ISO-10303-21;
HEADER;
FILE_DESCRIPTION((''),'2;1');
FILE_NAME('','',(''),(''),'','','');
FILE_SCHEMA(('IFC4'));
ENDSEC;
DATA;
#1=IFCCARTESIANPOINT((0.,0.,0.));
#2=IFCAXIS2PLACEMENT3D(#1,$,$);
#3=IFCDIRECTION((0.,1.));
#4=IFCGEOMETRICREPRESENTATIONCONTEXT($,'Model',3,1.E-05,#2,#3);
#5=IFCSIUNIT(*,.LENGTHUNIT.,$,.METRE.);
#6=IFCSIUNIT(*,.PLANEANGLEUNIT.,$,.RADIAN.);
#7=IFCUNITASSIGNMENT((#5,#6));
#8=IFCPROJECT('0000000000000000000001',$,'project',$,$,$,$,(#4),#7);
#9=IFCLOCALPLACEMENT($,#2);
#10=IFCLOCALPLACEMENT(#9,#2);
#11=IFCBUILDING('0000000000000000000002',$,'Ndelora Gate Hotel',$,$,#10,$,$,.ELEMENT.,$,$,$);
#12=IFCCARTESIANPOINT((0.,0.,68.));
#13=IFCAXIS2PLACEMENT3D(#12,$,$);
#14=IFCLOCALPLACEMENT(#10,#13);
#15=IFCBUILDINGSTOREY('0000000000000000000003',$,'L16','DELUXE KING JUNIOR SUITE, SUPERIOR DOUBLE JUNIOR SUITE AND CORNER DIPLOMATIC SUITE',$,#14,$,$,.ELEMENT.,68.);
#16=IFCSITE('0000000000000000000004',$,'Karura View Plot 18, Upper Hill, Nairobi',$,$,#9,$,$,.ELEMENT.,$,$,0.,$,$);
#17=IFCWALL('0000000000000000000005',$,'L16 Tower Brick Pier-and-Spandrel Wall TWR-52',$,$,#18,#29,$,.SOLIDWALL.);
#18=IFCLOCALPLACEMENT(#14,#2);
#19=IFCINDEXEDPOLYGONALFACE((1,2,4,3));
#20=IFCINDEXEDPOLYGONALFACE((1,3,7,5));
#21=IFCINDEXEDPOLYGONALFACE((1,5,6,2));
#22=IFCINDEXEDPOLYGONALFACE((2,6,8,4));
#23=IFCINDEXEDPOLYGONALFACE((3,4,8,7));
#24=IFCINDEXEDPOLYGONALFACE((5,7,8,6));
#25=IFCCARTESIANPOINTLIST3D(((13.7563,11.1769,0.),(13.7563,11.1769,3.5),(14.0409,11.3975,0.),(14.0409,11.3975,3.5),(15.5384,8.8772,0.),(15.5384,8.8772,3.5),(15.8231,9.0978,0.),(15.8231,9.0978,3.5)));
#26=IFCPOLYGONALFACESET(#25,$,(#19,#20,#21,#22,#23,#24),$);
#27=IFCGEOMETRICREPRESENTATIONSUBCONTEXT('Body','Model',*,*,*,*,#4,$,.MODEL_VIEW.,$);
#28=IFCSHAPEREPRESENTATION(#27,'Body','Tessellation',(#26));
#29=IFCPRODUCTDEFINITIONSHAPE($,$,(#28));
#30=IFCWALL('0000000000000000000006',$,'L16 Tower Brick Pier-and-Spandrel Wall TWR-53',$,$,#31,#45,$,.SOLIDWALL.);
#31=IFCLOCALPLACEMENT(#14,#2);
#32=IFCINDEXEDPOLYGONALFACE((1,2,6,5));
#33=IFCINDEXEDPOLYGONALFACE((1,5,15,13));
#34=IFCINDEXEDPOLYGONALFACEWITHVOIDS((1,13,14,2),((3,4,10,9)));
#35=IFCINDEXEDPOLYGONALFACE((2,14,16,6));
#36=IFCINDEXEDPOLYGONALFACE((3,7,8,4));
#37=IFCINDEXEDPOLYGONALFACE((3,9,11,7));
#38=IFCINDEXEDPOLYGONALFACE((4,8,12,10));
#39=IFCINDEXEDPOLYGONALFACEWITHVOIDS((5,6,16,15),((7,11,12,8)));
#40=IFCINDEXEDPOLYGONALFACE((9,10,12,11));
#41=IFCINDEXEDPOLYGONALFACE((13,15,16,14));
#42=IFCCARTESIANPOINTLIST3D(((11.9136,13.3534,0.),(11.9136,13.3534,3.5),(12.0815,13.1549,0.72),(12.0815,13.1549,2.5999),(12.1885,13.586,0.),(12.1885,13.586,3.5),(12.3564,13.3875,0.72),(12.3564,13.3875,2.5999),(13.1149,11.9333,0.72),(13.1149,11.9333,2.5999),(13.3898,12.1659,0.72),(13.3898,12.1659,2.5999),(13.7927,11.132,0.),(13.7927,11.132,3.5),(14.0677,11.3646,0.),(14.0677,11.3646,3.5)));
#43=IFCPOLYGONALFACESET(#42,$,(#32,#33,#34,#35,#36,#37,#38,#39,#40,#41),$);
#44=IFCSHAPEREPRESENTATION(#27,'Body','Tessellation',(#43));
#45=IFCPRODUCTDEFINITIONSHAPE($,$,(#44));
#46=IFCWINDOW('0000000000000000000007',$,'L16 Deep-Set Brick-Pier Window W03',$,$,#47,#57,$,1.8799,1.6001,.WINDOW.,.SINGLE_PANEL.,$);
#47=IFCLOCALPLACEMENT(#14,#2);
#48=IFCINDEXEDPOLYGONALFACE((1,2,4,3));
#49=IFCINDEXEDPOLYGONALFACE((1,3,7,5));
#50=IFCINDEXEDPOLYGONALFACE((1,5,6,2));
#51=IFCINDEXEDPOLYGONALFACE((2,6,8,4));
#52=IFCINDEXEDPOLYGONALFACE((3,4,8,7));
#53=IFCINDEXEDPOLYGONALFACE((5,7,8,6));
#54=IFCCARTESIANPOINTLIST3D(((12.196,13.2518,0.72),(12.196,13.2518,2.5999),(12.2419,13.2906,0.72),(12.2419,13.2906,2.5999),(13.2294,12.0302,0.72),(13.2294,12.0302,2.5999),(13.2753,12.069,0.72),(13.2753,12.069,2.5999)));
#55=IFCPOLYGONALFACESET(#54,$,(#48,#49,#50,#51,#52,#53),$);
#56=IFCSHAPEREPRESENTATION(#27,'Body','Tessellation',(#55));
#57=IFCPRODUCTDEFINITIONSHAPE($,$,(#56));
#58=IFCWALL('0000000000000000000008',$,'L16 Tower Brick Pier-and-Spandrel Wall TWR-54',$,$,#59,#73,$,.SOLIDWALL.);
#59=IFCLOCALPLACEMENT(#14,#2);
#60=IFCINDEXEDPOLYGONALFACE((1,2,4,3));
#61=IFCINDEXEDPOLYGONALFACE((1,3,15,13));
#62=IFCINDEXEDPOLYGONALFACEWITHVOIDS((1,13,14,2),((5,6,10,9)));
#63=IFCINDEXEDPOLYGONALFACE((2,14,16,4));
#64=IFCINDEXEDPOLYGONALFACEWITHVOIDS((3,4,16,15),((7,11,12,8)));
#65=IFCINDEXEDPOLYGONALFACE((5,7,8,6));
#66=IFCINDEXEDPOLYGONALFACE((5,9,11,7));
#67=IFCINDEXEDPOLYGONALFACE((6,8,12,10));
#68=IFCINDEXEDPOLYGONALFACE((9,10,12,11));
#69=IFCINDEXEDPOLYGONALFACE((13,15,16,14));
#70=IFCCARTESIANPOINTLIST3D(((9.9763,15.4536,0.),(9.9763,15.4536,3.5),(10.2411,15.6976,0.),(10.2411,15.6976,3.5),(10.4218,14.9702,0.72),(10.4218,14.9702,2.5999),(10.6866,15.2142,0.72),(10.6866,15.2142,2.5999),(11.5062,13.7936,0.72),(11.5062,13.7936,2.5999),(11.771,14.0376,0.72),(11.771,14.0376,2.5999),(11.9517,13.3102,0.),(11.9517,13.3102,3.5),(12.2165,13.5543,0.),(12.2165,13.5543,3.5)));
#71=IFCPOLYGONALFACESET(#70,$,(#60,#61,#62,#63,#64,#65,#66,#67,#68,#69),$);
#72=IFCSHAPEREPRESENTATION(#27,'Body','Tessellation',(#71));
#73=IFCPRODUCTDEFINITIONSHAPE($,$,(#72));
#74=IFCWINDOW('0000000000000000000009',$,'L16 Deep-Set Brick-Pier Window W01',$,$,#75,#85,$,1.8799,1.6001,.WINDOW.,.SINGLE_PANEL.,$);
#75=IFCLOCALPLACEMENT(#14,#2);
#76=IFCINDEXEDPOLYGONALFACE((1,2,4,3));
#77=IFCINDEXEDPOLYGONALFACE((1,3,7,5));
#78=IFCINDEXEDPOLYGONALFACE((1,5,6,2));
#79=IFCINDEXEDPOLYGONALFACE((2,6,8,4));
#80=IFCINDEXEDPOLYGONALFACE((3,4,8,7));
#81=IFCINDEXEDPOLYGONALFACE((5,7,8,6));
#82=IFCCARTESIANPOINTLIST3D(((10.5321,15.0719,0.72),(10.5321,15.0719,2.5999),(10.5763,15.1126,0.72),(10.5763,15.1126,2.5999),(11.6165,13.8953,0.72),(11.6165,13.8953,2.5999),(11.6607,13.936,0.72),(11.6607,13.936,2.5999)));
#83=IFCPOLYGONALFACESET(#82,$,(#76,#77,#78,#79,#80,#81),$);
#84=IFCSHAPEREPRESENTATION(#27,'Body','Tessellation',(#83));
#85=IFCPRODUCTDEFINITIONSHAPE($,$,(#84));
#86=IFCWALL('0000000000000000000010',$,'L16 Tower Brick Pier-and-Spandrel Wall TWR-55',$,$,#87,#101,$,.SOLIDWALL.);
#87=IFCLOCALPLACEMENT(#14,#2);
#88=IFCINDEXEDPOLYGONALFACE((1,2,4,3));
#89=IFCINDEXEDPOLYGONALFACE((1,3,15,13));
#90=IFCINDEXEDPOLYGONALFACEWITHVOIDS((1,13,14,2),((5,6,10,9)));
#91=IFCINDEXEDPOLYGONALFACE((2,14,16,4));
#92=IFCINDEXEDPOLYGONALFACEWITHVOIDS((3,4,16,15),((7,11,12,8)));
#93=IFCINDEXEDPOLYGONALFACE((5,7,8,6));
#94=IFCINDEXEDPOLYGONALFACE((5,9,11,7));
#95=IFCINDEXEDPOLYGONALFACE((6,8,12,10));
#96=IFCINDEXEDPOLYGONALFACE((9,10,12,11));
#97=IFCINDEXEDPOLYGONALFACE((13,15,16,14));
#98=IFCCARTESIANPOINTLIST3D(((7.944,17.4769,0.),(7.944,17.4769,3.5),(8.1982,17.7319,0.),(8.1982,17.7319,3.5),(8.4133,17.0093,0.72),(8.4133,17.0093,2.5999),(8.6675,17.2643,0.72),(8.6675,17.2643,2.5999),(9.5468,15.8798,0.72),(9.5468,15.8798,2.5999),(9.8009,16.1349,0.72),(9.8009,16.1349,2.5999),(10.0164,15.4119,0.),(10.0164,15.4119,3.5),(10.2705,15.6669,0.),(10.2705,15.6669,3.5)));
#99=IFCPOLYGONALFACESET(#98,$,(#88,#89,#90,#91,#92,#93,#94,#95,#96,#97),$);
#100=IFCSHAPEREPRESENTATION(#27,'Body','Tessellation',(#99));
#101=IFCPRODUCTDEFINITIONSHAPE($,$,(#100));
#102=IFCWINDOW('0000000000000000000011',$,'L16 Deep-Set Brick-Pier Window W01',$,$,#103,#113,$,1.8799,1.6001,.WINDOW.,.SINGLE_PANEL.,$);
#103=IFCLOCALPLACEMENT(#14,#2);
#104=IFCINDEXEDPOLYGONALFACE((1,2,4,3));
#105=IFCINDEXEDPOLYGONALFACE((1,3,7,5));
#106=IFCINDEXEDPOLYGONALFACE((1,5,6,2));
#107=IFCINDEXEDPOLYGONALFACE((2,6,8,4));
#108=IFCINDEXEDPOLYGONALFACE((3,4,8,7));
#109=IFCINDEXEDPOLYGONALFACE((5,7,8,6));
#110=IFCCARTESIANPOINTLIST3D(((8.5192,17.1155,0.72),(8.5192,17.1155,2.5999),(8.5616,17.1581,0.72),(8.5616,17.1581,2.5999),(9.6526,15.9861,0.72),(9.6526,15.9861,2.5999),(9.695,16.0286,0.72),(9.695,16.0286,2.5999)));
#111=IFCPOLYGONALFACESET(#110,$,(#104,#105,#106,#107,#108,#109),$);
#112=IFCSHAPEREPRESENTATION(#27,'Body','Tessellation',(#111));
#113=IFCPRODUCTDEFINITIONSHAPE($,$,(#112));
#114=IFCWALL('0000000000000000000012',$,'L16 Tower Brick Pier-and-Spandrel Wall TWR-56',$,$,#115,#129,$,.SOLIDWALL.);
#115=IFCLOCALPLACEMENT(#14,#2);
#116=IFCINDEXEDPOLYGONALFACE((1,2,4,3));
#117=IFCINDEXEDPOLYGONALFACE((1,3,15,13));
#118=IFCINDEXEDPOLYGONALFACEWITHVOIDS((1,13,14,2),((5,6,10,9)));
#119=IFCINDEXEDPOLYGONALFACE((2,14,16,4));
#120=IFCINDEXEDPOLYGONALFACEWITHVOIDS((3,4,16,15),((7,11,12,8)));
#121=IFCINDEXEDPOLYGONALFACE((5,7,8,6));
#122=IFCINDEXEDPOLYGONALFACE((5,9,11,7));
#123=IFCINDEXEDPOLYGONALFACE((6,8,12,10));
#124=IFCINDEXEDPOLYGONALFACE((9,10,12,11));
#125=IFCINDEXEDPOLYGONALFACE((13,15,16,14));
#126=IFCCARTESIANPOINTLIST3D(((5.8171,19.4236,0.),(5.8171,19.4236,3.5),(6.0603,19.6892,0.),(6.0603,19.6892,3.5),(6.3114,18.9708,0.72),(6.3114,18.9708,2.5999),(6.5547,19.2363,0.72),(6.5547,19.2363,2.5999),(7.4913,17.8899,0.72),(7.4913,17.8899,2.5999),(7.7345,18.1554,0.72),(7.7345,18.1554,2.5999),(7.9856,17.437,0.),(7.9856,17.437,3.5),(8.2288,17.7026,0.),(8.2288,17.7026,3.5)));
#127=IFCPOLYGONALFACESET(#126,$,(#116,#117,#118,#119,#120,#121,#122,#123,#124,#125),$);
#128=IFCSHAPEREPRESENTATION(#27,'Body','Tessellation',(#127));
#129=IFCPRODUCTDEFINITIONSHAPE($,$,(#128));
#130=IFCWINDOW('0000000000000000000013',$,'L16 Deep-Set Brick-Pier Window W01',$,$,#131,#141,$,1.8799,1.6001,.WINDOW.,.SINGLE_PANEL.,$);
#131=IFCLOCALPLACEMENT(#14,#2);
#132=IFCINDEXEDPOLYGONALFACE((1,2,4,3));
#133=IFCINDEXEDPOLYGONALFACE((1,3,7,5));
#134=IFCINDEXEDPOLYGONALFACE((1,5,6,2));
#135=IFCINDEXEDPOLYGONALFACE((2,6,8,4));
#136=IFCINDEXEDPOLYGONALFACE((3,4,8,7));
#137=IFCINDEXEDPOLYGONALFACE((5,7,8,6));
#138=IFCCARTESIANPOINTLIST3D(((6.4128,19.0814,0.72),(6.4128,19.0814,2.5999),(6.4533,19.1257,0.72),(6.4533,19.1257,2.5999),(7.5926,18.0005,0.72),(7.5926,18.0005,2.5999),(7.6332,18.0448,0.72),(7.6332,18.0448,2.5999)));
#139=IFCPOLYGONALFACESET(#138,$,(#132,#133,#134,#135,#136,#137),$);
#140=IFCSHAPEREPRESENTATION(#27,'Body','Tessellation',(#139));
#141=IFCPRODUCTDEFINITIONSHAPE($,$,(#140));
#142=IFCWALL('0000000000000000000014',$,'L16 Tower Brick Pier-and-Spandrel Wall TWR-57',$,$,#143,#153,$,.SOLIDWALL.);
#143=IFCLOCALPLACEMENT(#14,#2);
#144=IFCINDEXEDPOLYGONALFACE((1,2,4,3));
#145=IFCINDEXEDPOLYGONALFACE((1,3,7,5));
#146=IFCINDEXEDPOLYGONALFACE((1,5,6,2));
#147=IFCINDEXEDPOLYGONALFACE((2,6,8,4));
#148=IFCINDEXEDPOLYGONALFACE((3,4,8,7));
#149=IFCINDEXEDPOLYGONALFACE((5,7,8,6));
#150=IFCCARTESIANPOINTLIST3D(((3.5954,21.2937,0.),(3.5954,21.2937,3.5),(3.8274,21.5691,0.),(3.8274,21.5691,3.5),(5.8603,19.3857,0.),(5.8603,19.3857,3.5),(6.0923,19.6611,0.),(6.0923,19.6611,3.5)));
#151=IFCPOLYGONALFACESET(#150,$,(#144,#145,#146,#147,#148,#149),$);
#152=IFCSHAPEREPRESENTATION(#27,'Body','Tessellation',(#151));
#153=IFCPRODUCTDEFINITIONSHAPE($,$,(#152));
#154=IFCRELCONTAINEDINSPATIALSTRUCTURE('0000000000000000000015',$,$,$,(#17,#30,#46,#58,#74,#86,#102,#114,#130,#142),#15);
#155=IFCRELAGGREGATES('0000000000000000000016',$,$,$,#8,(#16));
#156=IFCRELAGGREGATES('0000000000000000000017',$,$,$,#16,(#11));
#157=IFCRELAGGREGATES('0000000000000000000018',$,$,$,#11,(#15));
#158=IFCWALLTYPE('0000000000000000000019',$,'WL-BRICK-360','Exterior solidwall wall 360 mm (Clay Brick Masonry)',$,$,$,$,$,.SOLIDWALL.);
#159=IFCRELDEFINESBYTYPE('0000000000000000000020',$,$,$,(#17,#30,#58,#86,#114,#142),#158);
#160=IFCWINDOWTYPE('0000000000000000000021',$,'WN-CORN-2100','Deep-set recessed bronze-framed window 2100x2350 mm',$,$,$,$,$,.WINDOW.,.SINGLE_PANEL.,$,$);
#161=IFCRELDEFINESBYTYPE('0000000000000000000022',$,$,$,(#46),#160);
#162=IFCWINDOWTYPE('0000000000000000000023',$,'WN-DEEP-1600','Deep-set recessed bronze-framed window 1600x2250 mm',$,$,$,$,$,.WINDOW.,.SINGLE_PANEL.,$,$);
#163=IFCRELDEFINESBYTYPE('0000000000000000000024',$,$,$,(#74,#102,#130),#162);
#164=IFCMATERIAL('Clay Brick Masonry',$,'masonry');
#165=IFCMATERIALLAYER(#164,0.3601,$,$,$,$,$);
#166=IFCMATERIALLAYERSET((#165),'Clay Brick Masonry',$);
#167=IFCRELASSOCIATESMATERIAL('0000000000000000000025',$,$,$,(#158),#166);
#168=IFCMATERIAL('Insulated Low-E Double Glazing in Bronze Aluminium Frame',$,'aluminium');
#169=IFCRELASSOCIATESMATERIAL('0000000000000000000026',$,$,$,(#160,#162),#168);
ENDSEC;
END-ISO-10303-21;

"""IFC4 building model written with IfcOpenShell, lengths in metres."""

from ifc_helpers import new_model, si_unit, direction, frame, frame_2d, origin, place, context, subcontext, project, spatial, rectangle, extrude, material, layer, layer_set, type_object, element, fill, save


model = new_model("IFC4")

# Units and contexts
model_context = context("Model", 3, precision=1e-05, world=origin(), true_north=direction((0.0, 1.0)))
body_context = subcontext(model_context, "Body", "Model", "MODEL_VIEW")
ifc_project = project(units=[si_unit("LENGTHUNIT", "METRE"), si_unit("PLANEANGLEUNIT", "RADIAN")], contexts=[model_context])

# Site, building, storey
site_placement = place(None, origin())
site = spatial("IfcSite", under=ifc_project, at=site_placement, Name="Karura View Plot 18, Upper Hill, Nairobi", CompositionType="ELEMENT", RefElevation=0.0)
building_placement = place(site_placement, origin())
building = spatial("IfcBuilding", under=site, at=building_placement, Name="Ndelora Gate Hotel", CompositionType="ELEMENT")
storey_placement = place(building_placement, frame((0.0, 0.0, 68.0)))
storey = spatial("IfcBuildingStorey", under=building, at=storey_placement, Name="L16", Description="DELUXE KING JUNIOR SUITE, SUPERIOR DOUBLE JUNIOR SUITE AND CORNER DIPLOMATIC SUITE", CompositionType="ELEMENT", Elevation=68.0)

# Wall
ifc_material_1 = material(Name="Clay Brick Masonry", Category="masonry")
ifc_layer_1 = layer(ifc_material_1, 0.3601)
ifc_layer_set_1 = layer_set([ifc_layer_1], Name="Clay Brick Masonry")
wall_type_1 = type_object("IfcWallType", Name="WL-BRICK-360", Description="Exterior solidwall wall 360 mm (Clay Brick Masonry)", PredefinedType="SOLIDWALL", material=ifc_layer_set_1)
wall_1_placement = place(storey_placement, frame((13.8987, 11.2871, 0.0), z_axis=(0.0, 0.0, 1.0), x_axis=(0.612545, -0.790435, 0.0)))
element("IfcWall", 1, at=wall_1_placement, inside=storey, type_object=wall_type_1, Name="L16 Tower Brick Pier-and-Spandrel Wall TWR-52", PredefinedType="SOLIDWALL", context=body_context, shape_type="SweptSolid", body=[
    extrude(rectangle(XDim=2.9094, YDim=0.3601, at=frame_2d((1.4546, 0.0))), origin(), (0.0, 0.0, 1.0), 3.5),
])

# Walls, openings, windows
wall_2_placement = place(storey_placement, frame((12.051, 13.4697, 0.0), z_axis=(0.0, 0.0, 1.0), x_axis=(0.645837, -0.763475, 0.0)))
wall_2 = element("IfcWall", 2, at=wall_2_placement, inside=storey, type_object=wall_type_1, Name="L16 Tower Brick Pier-and-Spandrel Wall TWR-53", PredefinedType="SOLIDWALL", context=body_context, shape_type="SweptSolid", body=[
    extrude(rectangle(XDim=2.9097, YDim=0.3601, at=frame_2d((1.4548, 0.0))), origin(), (0.0, 0.0, 1.0), 3.5),
])
opening_1_placement = place(wall_2_placement, frame((0.26, 0.0, 0.72)))
opening_1 = element("IfcOpeningElement", 3, at=opening_1_placement, cuts=wall_2, PredefinedType="OPENING", context=body_context, shape_type="SweptSolid", body=[
    extrude(rectangle(XDim=1.6001, YDim=1.8799, at=frame_2d((0.8, 0.9399))), frame((0.0, 0.1899, 0.0), z_axis=(0.0, -1.0, 0.0), x_axis=(1.0, 0.0, 0.0)), (0.0, 0.0, 1.0), 0.3801),
])
ifc_material_2 = material(Name="Insulated Low-E Double Glazing in Bronze Aluminium Frame", Category="aluminium")
window_type_1 = type_object("IfcWindowType", Name="WN-CORN-2100", Description="Deep-set recessed bronze-framed window 2100x2350 mm", PartitioningType="SINGLE_PANEL", PredefinedType="WINDOW", material=ifc_material_2)
window_1_placement = place(opening_1_placement, origin())
window_1 = element("IfcWindow", 4, at=window_1_placement, inside=storey, type_object=window_type_1, Name="L16 Deep-Set Brick-Pier Window W03", OverallHeight=1.8799, OverallWidth=1.6001, PartitioningType="SINGLE_PANEL", PredefinedType="WINDOW", context=body_context, shape_type="SweptSolid", body=[
    extrude(rectangle(XDim=1.6001, YDim=1.8799, at=frame_2d((0.8, 0.9399))), frame((0.0, 0.03, 0.0), z_axis=(0.0, -1.0, 0.0), x_axis=(1.0, 0.0, 0.0)), (0.0, 0.0, 1.0), 0.0601),
])
fill(opening_1, window_1)
wall_3_placement = place(storey_placement, frame((10.1086, 15.5757, 0.0), z_axis=(0.0, 0.0, 1.0), x_axis=(0.677706, -0.735333, 0.0)))
wall_3 = element("IfcWall", 5, at=wall_3_placement, inside=storey, type_object=wall_type_1, Name="L16 Tower Brick Pier-and-Spandrel Wall TWR-54", PredefinedType="SOLIDWALL", context=body_context, shape_type="SweptSolid", body=[
    extrude(rectangle(XDim=2.9148, YDim=0.3601, at=frame_2d((1.4575, 0.0))), origin(), (0.0, 0.0, 1.0), 3.5),
])
opening_2_placement = place(wall_3_placement, frame((0.6575, 0.0, 0.72)))
opening_2 = element("IfcOpeningElement", 6, at=opening_2_placement, cuts=wall_3, PredefinedType="OPENING", context=body_context, shape_type="SweptSolid", body=[
    extrude(rectangle(XDim=1.6001, YDim=1.8799, at=frame_2d((0.8, 0.9399))), frame((0.0, 0.1899, 0.0), z_axis=(0.0, -1.0, 0.0), x_axis=(1.0, 0.0, 0.0)), (0.0, 0.0, 1.0), 0.3801),
])
window_type_2 = type_object("IfcWindowType", Name="WN-DEEP-1600", Description="Deep-set recessed bronze-framed window 1600x2250 mm", PartitioningType="SINGLE_PANEL", PredefinedType="WINDOW", material=ifc_material_2)
window_2_placement = place(opening_2_placement, origin())
window_2 = element("IfcWindow", 7, at=window_2_placement, inside=storey, type_object=window_type_2, Name="L16 Deep-Set Brick-Pier Window W01", OverallHeight=1.8799, OverallWidth=1.6001, PartitioningType="SINGLE_PANEL", PredefinedType="WINDOW", context=body_context, shape_type="SweptSolid", body=[
    extrude(rectangle(XDim=1.6001, YDim=1.8799, at=frame_2d((0.8, 0.9399))), frame((0.0, 0.03, 0.0), z_axis=(0.0, -1.0, 0.0), x_axis=(1.0, 0.0, 0.0)), (0.0, 0.0, 1.0), 0.0601),
])
fill(opening_2, window_2)
wall_4_placement = place(storey_placement, frame((8.071, 17.6045, 0.0), z_axis=(0.0, 0.0, 1.0), x_axis=(0.708357, -0.705854, 0.0)))
wall_4 = element("IfcWall", 8, at=wall_4_placement, inside=storey, type_object=wall_type_1, Name="L16 Tower Brick Pier-and-Spandrel Wall TWR-55", PredefinedType="SOLIDWALL", context=body_context, shape_type="SweptSolid", body=[
    extrude(rectangle(XDim=2.9255, YDim=0.3601, at=frame_2d((1.4629, 0.0))), origin(), (0.0, 0.0, 1.0), 3.5),
])
opening_3_placement = place(wall_4_placement, frame((0.6626, 0.0, 0.72)))
opening_3 = element("IfcOpeningElement", 9, at=opening_3_placement, cuts=wall_4, PredefinedType="OPENING", context=body_context, shape_type="SweptSolid", body=[
    extrude(rectangle(XDim=1.6001, YDim=1.8799, at=frame_2d((0.8, 0.9399))), frame((0.0, 0.1899, 0.0), z_axis=(0.0, -1.0, 0.0), x_axis=(1.0, 0.0, 0.0)), (0.0, 0.0, 1.0), 0.3801),
])
window_3_placement = place(opening_3_placement, origin())
window_3 = element("IfcWindow", 10, at=window_3_placement, inside=storey, type_object=window_type_2, Name="L16 Deep-Set Brick-Pier Window W01", OverallHeight=1.8799, OverallWidth=1.6001, PartitioningType="SINGLE_PANEL", PredefinedType="WINDOW", context=body_context, shape_type="SweptSolid", body=[
    extrude(rectangle(XDim=1.6001, YDim=1.8799, at=frame_2d((0.8, 0.9399))), frame((0.0, 0.03, 0.0), z_axis=(0.0, -1.0, 0.0), x_axis=(1.0, 0.0, 0.0)), (0.0, 0.0, 1.0), 0.0601),
])
fill(opening_3, window_3)
wall_5_placement = place(storey_placement, frame((5.9387, 19.5564, 0.0), z_axis=(0.0, 0.0, 1.0), x_axis=(0.737354, -0.675507, 0.0)))
wall_5 = element("IfcWall", 11, at=wall_5_placement, inside=storey, type_object=wall_type_1, Name="L16 Tower Brick Pier-and-Spandrel Wall TWR-56", PredefinedType="SOLIDWALL", context=body_context, shape_type="SweptSolid", body=[
    extrude(rectangle(XDim=2.9409, YDim=0.3601, at=frame_2d((1.4705, 0.0))), origin(), (0.0, 0.0, 1.0), 3.5),
])
opening_4_placement = place(wall_5_placement, frame((0.6704, 0.0, 0.72)))
opening_4 = element("IfcOpeningElement", 12, at=opening_4_placement, cuts=wall_5, PredefinedType="OPENING", context=body_context, shape_type="SweptSolid", body=[
    extrude(rectangle(XDim=1.6001, YDim=1.8799, at=frame_2d((0.8, 0.9399))), frame((0.0, 0.1899, 0.0), z_axis=(0.0, -1.0, 0.0), x_axis=(1.0, 0.0, 0.0)), (0.0, 0.0, 1.0), 0.3801),
])
window_4_placement = place(opening_4_placement, origin())
window_4 = element("IfcWindow", 13, at=window_4_placement, inside=storey, type_object=window_type_2, Name="L16 Deep-Set Brick-Pier Window W01", OverallHeight=1.8799, OverallWidth=1.6001, PartitioningType="SINGLE_PANEL", PredefinedType="WINDOW", context=body_context, shape_type="SweptSolid", body=[
    extrude(rectangle(XDim=1.6001, YDim=1.8799, at=frame_2d((0.8, 0.9399))), frame((0.0, 0.03, 0.0), z_axis=(0.0, -1.0, 0.0), x_axis=(1.0, 0.0, 0.0)), (0.0, 0.0, 1.0), 0.0601),
])
fill(opening_4, window_4)

# Wall
wall_6_placement = place(storey_placement, frame((3.7114, 21.4314, 0.0), z_axis=(0.0, 0.0, 1.0), x_axis=(0.764798, -0.64427, 0.0)))
element("IfcWall", 14, at=wall_6_placement, inside=storey, type_object=wall_type_1, Name="L16 Tower Brick Pier-and-Spandrel Wall TWR-57", PredefinedType="SOLIDWALL", context=body_context, shape_type="SweptSolid", body=[
    extrude(rectangle(XDim=2.9614, YDim=0.3601, at=frame_2d((1.4807, 0.0))), origin(), (0.0, 0.0, 1.0), 3.5),
])

save(model, "model.ifc")
